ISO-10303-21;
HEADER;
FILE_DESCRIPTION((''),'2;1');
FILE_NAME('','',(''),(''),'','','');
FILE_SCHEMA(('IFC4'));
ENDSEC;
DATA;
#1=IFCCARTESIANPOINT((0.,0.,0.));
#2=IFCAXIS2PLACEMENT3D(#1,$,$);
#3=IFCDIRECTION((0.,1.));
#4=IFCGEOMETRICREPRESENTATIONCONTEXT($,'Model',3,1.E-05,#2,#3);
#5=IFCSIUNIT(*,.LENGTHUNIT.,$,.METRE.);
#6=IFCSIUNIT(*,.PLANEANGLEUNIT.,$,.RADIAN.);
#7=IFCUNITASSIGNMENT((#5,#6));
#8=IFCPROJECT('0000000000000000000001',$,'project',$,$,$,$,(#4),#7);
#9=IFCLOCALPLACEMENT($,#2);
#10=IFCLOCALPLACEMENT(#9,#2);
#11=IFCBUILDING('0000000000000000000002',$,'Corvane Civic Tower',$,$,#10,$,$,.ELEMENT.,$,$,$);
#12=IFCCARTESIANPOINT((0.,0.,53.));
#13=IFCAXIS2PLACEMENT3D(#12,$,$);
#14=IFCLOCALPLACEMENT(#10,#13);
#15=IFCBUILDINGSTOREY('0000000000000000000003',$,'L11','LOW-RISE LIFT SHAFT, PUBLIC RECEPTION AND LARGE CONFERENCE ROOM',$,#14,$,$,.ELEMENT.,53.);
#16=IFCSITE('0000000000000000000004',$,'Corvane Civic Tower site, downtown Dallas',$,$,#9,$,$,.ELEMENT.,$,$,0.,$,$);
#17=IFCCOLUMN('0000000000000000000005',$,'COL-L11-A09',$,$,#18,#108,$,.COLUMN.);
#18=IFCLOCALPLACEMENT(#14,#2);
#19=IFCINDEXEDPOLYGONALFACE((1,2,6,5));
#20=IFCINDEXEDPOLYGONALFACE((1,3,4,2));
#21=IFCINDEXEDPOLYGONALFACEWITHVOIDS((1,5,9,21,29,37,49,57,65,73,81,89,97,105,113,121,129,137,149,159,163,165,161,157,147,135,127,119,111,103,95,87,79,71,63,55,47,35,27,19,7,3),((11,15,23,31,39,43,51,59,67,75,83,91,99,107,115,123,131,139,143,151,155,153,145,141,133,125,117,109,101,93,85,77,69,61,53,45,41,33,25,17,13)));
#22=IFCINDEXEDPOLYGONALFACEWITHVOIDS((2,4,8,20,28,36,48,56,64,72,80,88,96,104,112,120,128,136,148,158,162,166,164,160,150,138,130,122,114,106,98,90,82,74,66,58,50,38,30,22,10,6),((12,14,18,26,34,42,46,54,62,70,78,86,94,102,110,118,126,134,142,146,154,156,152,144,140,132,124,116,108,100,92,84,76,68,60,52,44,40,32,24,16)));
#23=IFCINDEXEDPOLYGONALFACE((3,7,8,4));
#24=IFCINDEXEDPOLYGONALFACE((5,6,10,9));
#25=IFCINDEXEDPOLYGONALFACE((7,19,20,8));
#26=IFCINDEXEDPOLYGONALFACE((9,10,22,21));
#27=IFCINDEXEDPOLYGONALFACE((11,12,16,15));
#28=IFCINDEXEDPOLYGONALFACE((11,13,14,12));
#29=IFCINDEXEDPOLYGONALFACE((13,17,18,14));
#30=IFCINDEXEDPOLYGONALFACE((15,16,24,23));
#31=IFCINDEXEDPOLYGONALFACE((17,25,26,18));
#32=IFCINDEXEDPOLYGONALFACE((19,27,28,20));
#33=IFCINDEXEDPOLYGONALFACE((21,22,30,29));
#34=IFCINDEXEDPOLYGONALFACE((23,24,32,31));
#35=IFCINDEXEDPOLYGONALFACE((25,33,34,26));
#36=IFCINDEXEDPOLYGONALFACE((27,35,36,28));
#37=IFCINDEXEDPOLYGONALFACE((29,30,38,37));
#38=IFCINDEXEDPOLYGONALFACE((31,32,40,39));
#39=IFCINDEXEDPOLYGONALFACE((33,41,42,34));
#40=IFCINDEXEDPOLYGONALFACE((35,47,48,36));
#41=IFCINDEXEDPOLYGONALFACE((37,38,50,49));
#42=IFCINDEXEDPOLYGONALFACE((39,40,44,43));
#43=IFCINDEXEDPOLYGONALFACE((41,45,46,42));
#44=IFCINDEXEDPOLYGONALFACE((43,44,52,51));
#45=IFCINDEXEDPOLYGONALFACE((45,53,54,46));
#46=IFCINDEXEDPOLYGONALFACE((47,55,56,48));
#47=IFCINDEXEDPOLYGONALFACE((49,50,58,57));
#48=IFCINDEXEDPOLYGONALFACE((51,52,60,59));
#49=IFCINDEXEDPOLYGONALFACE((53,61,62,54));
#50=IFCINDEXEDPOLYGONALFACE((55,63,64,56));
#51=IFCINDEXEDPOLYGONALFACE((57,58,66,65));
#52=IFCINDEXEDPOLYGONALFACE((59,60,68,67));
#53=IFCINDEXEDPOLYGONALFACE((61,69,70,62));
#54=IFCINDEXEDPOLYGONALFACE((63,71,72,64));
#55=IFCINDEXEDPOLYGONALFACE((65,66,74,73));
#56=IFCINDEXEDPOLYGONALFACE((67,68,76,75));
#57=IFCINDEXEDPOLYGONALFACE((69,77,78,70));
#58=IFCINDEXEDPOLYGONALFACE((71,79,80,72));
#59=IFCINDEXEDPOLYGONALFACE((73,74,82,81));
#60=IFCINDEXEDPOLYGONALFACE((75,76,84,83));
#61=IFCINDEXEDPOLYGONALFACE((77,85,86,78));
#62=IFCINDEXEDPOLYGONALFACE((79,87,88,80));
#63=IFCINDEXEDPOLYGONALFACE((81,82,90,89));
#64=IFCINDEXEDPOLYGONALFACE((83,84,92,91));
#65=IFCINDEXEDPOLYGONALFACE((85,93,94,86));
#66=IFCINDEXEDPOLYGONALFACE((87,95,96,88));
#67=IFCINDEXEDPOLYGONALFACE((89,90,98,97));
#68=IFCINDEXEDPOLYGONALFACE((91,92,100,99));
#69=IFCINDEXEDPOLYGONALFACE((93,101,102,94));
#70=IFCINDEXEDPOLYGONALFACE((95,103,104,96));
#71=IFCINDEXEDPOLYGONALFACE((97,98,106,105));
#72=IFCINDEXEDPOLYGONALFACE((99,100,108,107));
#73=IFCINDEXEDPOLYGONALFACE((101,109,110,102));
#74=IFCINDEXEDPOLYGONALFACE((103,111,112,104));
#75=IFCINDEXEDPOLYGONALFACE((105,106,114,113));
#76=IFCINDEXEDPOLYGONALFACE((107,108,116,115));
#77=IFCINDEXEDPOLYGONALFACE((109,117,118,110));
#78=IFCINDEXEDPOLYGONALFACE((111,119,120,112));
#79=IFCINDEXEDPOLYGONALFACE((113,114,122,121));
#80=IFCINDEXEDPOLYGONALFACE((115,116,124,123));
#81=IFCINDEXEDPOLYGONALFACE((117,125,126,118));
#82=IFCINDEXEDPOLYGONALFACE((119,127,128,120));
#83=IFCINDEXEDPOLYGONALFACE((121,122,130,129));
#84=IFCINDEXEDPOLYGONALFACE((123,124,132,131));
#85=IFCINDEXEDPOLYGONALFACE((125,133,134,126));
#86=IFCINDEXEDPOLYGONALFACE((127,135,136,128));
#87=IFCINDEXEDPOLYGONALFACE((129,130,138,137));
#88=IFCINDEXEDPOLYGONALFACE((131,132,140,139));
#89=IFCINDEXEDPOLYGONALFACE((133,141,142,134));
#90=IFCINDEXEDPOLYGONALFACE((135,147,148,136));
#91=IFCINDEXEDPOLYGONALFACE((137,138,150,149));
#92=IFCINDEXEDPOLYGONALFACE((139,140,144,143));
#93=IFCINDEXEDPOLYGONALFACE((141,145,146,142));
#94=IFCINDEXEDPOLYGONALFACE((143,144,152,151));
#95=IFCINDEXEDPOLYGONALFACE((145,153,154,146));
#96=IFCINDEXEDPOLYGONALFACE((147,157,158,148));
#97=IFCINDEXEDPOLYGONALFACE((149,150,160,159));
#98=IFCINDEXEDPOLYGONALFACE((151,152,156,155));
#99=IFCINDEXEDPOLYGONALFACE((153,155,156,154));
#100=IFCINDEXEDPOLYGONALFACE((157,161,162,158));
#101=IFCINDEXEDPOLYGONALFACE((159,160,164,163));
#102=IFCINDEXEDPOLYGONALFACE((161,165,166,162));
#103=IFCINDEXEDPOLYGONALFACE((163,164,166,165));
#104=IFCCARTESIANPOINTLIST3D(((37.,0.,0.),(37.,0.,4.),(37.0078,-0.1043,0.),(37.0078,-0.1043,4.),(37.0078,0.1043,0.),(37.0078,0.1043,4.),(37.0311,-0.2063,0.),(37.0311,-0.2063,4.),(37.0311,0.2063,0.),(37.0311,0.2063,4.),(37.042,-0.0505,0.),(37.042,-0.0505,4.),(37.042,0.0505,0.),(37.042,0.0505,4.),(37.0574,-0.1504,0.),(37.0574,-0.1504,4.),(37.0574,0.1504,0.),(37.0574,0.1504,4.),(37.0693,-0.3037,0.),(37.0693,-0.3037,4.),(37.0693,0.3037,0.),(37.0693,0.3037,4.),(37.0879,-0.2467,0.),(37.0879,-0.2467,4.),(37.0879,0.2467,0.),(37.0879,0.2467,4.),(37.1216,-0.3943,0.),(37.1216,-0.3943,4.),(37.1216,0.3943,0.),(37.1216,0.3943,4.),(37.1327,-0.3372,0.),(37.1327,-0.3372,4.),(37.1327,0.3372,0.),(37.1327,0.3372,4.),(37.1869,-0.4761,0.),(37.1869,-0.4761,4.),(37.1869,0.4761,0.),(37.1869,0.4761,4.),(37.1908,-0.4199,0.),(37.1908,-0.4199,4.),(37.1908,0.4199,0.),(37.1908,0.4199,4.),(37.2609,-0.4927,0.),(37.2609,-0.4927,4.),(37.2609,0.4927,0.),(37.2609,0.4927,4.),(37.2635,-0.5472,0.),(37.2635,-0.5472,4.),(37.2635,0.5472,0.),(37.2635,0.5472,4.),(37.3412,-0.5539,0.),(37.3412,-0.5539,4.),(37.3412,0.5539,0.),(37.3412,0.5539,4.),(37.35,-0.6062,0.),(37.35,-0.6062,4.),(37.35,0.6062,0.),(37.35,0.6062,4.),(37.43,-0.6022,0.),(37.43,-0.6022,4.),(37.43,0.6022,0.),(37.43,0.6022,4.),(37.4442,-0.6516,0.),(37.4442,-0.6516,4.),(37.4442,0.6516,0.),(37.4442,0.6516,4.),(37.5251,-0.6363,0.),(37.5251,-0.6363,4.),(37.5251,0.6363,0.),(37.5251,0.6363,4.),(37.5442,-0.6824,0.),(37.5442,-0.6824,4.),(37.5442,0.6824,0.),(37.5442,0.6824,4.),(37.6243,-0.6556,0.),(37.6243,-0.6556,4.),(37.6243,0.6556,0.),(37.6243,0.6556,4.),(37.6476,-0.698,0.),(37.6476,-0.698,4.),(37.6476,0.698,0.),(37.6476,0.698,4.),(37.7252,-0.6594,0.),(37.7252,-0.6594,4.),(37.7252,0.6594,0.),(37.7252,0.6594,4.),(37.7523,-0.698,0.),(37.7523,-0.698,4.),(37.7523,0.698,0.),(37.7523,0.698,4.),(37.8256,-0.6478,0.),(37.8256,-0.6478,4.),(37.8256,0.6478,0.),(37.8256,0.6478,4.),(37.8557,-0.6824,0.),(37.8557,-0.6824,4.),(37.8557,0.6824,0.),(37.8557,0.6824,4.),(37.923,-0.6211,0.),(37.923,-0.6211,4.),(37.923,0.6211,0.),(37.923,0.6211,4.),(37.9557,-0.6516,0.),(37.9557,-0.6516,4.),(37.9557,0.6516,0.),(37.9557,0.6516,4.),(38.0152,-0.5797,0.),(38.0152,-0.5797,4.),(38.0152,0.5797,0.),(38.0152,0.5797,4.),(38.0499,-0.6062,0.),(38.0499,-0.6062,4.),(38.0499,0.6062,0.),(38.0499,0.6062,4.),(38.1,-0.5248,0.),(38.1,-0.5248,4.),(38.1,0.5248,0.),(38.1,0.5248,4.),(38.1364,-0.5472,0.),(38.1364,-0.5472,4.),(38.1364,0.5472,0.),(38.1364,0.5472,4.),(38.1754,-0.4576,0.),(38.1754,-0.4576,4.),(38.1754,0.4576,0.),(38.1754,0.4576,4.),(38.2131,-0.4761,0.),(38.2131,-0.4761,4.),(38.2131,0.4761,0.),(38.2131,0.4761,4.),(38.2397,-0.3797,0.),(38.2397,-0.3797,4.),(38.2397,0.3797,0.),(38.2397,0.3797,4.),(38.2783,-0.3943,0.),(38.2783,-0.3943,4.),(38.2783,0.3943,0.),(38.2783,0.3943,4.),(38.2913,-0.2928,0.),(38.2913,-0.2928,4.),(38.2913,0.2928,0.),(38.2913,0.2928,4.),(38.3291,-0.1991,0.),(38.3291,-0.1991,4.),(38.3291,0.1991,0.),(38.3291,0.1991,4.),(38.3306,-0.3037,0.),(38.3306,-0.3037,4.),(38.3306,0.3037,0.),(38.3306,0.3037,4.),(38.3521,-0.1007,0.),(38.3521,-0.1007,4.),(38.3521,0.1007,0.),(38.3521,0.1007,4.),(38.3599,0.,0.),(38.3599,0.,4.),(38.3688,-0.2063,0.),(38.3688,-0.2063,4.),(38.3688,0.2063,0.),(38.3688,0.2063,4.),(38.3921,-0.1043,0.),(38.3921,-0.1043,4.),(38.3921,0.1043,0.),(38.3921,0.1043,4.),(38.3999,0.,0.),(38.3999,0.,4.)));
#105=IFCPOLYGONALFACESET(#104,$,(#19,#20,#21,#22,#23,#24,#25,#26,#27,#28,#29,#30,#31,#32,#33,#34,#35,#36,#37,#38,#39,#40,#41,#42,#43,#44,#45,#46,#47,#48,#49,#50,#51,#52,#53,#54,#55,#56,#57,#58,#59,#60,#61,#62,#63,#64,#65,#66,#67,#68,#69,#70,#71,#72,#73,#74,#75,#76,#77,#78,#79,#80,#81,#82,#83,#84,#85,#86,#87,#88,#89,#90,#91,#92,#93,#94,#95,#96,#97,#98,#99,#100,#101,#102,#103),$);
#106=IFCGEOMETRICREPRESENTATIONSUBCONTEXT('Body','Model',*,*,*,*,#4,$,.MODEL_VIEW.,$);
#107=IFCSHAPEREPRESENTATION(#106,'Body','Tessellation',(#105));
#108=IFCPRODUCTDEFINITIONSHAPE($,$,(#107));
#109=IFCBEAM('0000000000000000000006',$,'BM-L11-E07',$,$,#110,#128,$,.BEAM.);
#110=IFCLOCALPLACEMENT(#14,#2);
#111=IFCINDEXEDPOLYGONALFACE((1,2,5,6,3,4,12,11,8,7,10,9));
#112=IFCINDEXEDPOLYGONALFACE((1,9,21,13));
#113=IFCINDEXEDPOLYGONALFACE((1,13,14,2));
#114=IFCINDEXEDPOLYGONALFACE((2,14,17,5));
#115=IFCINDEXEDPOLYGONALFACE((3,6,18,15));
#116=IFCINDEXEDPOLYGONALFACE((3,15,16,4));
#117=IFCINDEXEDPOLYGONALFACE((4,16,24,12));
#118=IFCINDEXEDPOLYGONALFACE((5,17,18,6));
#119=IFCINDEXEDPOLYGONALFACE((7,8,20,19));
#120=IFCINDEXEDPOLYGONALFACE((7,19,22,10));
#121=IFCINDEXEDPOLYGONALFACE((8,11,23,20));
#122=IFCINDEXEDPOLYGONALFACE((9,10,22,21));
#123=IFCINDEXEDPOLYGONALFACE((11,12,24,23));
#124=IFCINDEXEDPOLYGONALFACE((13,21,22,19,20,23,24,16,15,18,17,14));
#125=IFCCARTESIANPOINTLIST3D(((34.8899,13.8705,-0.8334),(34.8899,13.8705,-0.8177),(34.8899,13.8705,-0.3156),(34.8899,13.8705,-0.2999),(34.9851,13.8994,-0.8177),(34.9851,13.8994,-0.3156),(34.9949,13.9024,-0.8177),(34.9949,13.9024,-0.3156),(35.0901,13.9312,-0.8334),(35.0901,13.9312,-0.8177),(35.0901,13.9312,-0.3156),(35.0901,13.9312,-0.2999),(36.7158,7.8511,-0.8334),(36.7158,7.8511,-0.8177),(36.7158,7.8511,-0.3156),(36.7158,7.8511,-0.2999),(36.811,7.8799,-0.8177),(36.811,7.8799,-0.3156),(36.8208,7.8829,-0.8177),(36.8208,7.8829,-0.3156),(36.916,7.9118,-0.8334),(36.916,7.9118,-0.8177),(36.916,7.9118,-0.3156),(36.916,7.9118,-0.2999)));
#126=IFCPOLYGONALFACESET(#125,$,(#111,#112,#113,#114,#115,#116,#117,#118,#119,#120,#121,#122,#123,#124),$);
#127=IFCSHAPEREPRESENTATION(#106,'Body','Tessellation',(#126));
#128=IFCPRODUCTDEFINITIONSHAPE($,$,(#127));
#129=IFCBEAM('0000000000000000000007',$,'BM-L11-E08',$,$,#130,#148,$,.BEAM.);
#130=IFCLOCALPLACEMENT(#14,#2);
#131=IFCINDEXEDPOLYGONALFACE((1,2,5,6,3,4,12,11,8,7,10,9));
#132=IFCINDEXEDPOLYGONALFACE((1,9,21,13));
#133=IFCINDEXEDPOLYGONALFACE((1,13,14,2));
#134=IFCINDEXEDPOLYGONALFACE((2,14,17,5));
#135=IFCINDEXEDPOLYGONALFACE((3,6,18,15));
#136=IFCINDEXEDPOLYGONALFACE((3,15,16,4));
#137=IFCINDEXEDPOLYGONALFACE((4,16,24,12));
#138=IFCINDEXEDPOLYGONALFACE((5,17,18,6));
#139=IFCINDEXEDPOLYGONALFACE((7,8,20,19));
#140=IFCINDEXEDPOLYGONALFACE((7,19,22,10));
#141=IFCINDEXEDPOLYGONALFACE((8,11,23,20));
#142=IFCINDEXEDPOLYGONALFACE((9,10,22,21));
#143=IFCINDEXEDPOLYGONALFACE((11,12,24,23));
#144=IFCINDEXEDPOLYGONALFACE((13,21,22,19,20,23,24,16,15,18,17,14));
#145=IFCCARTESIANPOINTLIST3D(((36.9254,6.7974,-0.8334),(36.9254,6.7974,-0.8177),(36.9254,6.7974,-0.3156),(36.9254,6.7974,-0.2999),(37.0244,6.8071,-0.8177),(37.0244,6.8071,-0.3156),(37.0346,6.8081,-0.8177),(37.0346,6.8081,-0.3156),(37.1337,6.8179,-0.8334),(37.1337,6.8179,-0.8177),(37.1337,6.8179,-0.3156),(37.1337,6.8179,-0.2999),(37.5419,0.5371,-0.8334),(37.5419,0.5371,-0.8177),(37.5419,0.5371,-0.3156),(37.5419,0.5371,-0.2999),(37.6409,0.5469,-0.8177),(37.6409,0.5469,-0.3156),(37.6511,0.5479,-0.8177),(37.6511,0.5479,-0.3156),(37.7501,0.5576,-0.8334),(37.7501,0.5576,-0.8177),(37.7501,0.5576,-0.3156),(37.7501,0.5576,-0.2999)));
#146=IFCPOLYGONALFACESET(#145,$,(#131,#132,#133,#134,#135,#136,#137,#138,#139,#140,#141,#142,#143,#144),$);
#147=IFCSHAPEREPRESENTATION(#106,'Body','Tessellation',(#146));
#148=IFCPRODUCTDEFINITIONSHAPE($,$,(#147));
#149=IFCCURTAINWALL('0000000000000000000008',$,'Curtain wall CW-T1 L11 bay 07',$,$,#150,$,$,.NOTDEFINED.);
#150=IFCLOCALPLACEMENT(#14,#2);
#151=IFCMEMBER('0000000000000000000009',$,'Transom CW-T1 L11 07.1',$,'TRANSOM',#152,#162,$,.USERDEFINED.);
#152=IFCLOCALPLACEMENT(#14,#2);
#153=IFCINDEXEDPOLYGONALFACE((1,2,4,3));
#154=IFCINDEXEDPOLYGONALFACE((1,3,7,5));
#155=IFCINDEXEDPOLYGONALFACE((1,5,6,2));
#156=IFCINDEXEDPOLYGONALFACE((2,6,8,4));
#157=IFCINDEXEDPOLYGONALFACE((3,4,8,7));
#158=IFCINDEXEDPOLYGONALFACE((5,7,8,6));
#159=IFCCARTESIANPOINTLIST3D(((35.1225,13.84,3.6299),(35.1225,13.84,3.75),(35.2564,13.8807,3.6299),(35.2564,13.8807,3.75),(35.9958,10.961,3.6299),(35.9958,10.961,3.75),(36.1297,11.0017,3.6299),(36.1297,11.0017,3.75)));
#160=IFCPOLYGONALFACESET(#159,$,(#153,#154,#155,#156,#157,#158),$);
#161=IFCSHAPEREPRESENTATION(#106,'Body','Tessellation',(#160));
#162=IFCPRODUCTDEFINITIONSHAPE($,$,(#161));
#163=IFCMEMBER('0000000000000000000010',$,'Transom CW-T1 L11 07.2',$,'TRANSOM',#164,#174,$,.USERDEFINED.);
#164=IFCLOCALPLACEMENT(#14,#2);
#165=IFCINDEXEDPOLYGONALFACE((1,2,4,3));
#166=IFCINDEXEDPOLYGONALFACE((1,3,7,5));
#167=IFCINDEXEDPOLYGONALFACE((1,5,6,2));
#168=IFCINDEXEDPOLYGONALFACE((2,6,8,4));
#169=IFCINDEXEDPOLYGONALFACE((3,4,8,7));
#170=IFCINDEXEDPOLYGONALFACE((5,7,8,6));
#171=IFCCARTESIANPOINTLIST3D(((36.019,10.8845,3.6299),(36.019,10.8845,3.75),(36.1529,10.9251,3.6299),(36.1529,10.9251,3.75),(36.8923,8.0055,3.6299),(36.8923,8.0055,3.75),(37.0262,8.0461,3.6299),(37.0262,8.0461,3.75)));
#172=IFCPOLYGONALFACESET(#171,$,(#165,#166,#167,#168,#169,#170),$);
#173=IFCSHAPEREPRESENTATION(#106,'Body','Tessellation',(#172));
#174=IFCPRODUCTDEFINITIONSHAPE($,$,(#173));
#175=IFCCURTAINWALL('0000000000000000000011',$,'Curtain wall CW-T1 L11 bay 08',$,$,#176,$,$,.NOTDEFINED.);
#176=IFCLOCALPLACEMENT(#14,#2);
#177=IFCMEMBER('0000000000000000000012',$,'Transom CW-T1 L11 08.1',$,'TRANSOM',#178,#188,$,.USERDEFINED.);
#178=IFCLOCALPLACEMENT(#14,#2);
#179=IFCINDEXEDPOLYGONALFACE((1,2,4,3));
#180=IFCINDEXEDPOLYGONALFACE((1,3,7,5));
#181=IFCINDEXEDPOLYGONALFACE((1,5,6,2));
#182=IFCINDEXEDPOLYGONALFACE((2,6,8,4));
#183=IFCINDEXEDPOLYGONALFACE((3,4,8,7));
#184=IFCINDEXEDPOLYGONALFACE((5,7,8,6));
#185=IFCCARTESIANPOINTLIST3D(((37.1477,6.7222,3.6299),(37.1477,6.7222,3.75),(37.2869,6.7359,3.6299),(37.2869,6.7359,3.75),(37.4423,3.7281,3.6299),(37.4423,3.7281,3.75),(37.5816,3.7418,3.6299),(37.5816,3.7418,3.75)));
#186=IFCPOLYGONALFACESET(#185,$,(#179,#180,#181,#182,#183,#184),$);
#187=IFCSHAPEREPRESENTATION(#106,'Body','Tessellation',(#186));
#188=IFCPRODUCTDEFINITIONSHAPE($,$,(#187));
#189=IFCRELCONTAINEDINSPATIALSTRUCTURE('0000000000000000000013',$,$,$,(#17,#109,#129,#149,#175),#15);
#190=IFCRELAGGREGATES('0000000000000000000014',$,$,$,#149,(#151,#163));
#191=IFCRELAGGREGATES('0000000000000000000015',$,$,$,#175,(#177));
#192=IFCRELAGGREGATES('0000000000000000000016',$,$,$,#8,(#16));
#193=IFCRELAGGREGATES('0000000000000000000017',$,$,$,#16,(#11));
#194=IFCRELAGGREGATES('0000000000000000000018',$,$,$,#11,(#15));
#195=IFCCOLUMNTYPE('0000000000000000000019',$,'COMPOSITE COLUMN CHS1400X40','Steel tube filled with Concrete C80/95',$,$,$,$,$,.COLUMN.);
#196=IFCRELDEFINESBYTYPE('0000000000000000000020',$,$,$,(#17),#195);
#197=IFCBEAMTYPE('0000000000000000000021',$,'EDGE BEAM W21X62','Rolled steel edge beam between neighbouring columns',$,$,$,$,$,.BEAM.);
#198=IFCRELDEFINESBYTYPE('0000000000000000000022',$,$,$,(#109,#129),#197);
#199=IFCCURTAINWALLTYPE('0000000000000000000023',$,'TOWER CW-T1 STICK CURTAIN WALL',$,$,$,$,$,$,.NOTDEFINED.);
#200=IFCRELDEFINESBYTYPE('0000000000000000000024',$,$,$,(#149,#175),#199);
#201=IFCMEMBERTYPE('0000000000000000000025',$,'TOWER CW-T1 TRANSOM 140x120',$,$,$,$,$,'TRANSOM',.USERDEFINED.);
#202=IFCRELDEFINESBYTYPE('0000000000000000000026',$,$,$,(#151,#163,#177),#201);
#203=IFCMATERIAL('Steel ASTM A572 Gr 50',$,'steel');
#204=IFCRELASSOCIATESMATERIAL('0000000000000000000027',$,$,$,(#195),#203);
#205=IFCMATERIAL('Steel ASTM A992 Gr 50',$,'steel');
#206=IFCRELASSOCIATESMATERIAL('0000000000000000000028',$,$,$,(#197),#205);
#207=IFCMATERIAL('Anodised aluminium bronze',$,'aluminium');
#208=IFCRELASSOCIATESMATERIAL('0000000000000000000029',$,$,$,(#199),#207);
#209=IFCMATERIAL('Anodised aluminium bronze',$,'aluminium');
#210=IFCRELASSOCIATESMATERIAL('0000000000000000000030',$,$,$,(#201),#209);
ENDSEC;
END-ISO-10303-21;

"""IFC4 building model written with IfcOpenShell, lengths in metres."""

from ifc_helpers import new_model, si_unit, direction, frame, origin, origin_2d, place, context, subcontext, project, spatial, rectangle, hollow_circle, i_section, extrude, material, material_profile, profile_set, type_object, element, aggregate, save


model = new_model("IFC4")

# Units and contexts
model_context = context("Model", 3, precision=1e-05, world=origin(), true_north=direction((0.0, 1.0)))
body_context = subcontext(model_context, "Body", "Model", "MODEL_VIEW")
ifc_project = project(units=[si_unit("LENGTHUNIT", "METRE"), si_unit("PLANEANGLEUNIT", "RADIAN")], contexts=[model_context])

# Site, building, storey
site_placement = place(None, origin())
site = spatial("IfcSite", under=ifc_project, at=site_placement, Name="Corvane Civic Tower site, downtown Dallas", CompositionType="ELEMENT", RefElevation=0.0)
building_placement = place(site_placement, origin())
building = spatial("IfcBuilding", under=site, at=building_placement, Name="Corvane Civic Tower", CompositionType="ELEMENT")
storey_placement = place(building_placement, frame((0.0, 0.0, 53.0)))
storey = spatial("IfcBuildingStorey", under=building, at=storey_placement, Name="L11", Description="LOW-RISE LIFT SHAFT, PUBLIC RECEPTION AND LARGE CONFERENCE ROOM", CompositionType="ELEMENT", Elevation=53.0)

# Column
ifc_material_1 = material(Name="Steel ASTM A572 Gr 50", Category="steel")
ifc_material_profile_1 = material_profile(ifc_material_1, hollow_circle(Radius=0.7, WallThickness=0.04, at=origin_2d()), Name="CHS1400X40")
ifc_profile_set_1 = profile_set([ifc_material_profile_1], Name="Steel ASTM A572 Gr 50")
column_type = type_object("IfcColumnType", Name="COMPOSITE COLUMN CHS1400X40", Description="Steel tube filled with Concrete C80/95", PredefinedType="COLUMN", material=ifc_profile_set_1)
for number, where, z_axis, x_axis, name in (
    (1, (37.7, 0.0, 0.0), (0.0, 0.0, 1.0), (1.0, 0.0, 0.0), "COL-L11-A09"),
):
    element("IfcColumn", number, at=place(storey_placement, frame(where, z_axis=z_axis, x_axis=x_axis)), inside=storey, type_object=column_type, Name=name, PredefinedType="COLUMN", context=body_context, shape_type="SweptSolid", body=[
        extrude(hollow_circle(Radius=0.7, WallThickness=0.04, at=origin_2d()), origin(), (0.0, 0.0, 1.0), 4.0),
    ])

# Beams
ifc_material_2 = material(Name="Steel ASTM A992 Gr 50", Category="steel")
ifc_material_profile_2 = material_profile(ifc_material_2, i_section(OverallWidth=0.2092, OverallDepth=0.5334, WebThickness=0.0103, FlangeThickness=0.0156, at=origin_2d()), Name="W21X62")
ifc_profile_set_2 = profile_set([ifc_material_profile_2], Name="Steel ASTM A992 Gr 50")
beam_type = type_object("IfcBeamType", Name="EDGE BEAM W21X62", Description="Rolled steel edge beam between neighbouring columns", PredefinedType="BEAM", material=ifc_profile_set_2)
beam_1_placement = place(storey_placement, frame((34.99, 13.9009, -0.5667), z_axis=(0.290273, -0.956944, 0.0), x_axis=(0.956944, 0.290273, 0.0)))
element("IfcBeam", 2, at=beam_1_placement, inside=storey, type_object=beam_type, Name="BM-L11-E07", PredefinedType="BEAM", context=body_context, shape_type="SweptSolid", body=[
    extrude(i_section(OverallWidth=0.2092, OverallDepth=0.5334, WebThickness=0.0103, FlangeThickness=0.0156, at=origin_2d()), origin(), (0.0, 0.0, 1.0), 6.2903),
])
beam_2_placement = place(storey_placement, frame((37.0295, 6.8076, -0.5667), z_axis=(0.097997, -0.995187, 0.0), x_axis=(0.995187, 0.097997, 0.0)))
element("IfcBeam", 3, at=beam_2_placement, inside=storey, type_object=beam_type, Name="BM-L11-E08", PredefinedType="BEAM", context=body_context, shape_type="SweptSolid", body=[
    extrude(i_section(OverallWidth=0.2092, OverallDepth=0.5334, WebThickness=0.0103, FlangeThickness=0.0156, at=origin_2d()), origin(), (0.0, 0.0, 1.0), 6.2905),
])

# Curtain walls, members
ifc_material_3 = material(Name="Anodised aluminium bronze", Category="aluminium")
curtain_wall_type = type_object("IfcCurtainWallType", Name="TOWER CW-T1 STICK CURTAIN WALL", PredefinedType="NOTDEFINED", material=ifc_material_3)
curtain_wall_1_placement = place(storey_placement, origin())
curtain_wall_1 = element("IfcCurtainWall", 4, at=curtain_wall_1_placement, inside=storey, type_object=curtain_wall_type, Name="Curtain wall CW-T1 L11 bay 07", PredefinedType="NOTDEFINED")
ifc_material_4 = material(Name="Anodised aluminium bronze", Category="aluminium")
ifc_material_profile_3 = material_profile(ifc_material_4, rectangle(XDim=0.1399, YDim=0.1201, at=origin_2d()), Name="TOWER CW-T1 TRANSOM 140x120")
ifc_profile_set_3 = profile_set([ifc_material_profile_3], Name="Anodised aluminium bronze")
member_type_1 = type_object("IfcMemberType", Name="TOWER CW-T1 TRANSOM 140x120", ElementType="TRANSOM", PredefinedType="USERDEFINED", material=ifc_profile_set_3)
member_1_placement = place(storey_placement, frame((35.1895, 13.8604, 3.6899), z_axis=(0.29028, -0.956942, 0.0), x_axis=(0.956942, 0.29028, 0.0)))
member_1 = element("IfcMember", 5, at=member_1_placement, type_object=member_type_1, Name="Transom CW-T1 L11 07.1", ObjectType="TRANSOM", PredefinedType="USERDEFINED", context=body_context, shape_type="SweptSolid", body=[
    extrude(rectangle(XDim=0.1399, YDim=0.1201, at=origin_2d()), origin(), (0.0, 0.0, 1.0), 3.0085),
])
member_2_placement = place(storey_placement, frame((36.0859, 10.9048, 3.6899), z_axis=(0.29028, -0.956942, 0.0), x_axis=(0.956942, 0.29028, 0.0)))
member_2 = element("IfcMember", 6, at=member_2_placement, type_object=member_type_1, Name="Transom CW-T1 L11 07.2", ObjectType="TRANSOM", PredefinedType="USERDEFINED", context=body_context, shape_type="SweptSolid", body=[
    extrude(rectangle(XDim=0.1399, YDim=0.1201, at=origin_2d()), origin(), (0.0, 0.0, 1.0), 3.0085),
])
curtain_wall_2_placement = place(storey_placement, origin())
curtain_wall_2 = element("IfcCurtainWall", 7, at=curtain_wall_2_placement, inside=storey, type_object=curtain_wall_type, Name="Curtain wall CW-T1 L11 bay 08", PredefinedType="NOTDEFINED")
member_3_placement = place(storey_placement, frame((37.2173, 6.729, 3.6899), z_axis=(0.097945, -0.995192, 0.0), x_axis=(0.995192, 0.097945, 0.0)))
member_3 = element("IfcMember", 8, at=member_3_placement, type_object=member_type_1, Name="Transom CW-T1 L11 08.1", ObjectType="TRANSOM", PredefinedType="USERDEFINED", context=body_context, shape_type="SweptSolid", body=[
    extrude(rectangle(XDim=0.1399, YDim=0.1201, at=origin_2d()), origin(), (0.0, 0.0, 1.0), 3.0085),
])

aggregate(curtain_wall_1, [member_1, member_2])
aggregate(curtain_wall_2, [member_3])

save(model, "model.ifc")
